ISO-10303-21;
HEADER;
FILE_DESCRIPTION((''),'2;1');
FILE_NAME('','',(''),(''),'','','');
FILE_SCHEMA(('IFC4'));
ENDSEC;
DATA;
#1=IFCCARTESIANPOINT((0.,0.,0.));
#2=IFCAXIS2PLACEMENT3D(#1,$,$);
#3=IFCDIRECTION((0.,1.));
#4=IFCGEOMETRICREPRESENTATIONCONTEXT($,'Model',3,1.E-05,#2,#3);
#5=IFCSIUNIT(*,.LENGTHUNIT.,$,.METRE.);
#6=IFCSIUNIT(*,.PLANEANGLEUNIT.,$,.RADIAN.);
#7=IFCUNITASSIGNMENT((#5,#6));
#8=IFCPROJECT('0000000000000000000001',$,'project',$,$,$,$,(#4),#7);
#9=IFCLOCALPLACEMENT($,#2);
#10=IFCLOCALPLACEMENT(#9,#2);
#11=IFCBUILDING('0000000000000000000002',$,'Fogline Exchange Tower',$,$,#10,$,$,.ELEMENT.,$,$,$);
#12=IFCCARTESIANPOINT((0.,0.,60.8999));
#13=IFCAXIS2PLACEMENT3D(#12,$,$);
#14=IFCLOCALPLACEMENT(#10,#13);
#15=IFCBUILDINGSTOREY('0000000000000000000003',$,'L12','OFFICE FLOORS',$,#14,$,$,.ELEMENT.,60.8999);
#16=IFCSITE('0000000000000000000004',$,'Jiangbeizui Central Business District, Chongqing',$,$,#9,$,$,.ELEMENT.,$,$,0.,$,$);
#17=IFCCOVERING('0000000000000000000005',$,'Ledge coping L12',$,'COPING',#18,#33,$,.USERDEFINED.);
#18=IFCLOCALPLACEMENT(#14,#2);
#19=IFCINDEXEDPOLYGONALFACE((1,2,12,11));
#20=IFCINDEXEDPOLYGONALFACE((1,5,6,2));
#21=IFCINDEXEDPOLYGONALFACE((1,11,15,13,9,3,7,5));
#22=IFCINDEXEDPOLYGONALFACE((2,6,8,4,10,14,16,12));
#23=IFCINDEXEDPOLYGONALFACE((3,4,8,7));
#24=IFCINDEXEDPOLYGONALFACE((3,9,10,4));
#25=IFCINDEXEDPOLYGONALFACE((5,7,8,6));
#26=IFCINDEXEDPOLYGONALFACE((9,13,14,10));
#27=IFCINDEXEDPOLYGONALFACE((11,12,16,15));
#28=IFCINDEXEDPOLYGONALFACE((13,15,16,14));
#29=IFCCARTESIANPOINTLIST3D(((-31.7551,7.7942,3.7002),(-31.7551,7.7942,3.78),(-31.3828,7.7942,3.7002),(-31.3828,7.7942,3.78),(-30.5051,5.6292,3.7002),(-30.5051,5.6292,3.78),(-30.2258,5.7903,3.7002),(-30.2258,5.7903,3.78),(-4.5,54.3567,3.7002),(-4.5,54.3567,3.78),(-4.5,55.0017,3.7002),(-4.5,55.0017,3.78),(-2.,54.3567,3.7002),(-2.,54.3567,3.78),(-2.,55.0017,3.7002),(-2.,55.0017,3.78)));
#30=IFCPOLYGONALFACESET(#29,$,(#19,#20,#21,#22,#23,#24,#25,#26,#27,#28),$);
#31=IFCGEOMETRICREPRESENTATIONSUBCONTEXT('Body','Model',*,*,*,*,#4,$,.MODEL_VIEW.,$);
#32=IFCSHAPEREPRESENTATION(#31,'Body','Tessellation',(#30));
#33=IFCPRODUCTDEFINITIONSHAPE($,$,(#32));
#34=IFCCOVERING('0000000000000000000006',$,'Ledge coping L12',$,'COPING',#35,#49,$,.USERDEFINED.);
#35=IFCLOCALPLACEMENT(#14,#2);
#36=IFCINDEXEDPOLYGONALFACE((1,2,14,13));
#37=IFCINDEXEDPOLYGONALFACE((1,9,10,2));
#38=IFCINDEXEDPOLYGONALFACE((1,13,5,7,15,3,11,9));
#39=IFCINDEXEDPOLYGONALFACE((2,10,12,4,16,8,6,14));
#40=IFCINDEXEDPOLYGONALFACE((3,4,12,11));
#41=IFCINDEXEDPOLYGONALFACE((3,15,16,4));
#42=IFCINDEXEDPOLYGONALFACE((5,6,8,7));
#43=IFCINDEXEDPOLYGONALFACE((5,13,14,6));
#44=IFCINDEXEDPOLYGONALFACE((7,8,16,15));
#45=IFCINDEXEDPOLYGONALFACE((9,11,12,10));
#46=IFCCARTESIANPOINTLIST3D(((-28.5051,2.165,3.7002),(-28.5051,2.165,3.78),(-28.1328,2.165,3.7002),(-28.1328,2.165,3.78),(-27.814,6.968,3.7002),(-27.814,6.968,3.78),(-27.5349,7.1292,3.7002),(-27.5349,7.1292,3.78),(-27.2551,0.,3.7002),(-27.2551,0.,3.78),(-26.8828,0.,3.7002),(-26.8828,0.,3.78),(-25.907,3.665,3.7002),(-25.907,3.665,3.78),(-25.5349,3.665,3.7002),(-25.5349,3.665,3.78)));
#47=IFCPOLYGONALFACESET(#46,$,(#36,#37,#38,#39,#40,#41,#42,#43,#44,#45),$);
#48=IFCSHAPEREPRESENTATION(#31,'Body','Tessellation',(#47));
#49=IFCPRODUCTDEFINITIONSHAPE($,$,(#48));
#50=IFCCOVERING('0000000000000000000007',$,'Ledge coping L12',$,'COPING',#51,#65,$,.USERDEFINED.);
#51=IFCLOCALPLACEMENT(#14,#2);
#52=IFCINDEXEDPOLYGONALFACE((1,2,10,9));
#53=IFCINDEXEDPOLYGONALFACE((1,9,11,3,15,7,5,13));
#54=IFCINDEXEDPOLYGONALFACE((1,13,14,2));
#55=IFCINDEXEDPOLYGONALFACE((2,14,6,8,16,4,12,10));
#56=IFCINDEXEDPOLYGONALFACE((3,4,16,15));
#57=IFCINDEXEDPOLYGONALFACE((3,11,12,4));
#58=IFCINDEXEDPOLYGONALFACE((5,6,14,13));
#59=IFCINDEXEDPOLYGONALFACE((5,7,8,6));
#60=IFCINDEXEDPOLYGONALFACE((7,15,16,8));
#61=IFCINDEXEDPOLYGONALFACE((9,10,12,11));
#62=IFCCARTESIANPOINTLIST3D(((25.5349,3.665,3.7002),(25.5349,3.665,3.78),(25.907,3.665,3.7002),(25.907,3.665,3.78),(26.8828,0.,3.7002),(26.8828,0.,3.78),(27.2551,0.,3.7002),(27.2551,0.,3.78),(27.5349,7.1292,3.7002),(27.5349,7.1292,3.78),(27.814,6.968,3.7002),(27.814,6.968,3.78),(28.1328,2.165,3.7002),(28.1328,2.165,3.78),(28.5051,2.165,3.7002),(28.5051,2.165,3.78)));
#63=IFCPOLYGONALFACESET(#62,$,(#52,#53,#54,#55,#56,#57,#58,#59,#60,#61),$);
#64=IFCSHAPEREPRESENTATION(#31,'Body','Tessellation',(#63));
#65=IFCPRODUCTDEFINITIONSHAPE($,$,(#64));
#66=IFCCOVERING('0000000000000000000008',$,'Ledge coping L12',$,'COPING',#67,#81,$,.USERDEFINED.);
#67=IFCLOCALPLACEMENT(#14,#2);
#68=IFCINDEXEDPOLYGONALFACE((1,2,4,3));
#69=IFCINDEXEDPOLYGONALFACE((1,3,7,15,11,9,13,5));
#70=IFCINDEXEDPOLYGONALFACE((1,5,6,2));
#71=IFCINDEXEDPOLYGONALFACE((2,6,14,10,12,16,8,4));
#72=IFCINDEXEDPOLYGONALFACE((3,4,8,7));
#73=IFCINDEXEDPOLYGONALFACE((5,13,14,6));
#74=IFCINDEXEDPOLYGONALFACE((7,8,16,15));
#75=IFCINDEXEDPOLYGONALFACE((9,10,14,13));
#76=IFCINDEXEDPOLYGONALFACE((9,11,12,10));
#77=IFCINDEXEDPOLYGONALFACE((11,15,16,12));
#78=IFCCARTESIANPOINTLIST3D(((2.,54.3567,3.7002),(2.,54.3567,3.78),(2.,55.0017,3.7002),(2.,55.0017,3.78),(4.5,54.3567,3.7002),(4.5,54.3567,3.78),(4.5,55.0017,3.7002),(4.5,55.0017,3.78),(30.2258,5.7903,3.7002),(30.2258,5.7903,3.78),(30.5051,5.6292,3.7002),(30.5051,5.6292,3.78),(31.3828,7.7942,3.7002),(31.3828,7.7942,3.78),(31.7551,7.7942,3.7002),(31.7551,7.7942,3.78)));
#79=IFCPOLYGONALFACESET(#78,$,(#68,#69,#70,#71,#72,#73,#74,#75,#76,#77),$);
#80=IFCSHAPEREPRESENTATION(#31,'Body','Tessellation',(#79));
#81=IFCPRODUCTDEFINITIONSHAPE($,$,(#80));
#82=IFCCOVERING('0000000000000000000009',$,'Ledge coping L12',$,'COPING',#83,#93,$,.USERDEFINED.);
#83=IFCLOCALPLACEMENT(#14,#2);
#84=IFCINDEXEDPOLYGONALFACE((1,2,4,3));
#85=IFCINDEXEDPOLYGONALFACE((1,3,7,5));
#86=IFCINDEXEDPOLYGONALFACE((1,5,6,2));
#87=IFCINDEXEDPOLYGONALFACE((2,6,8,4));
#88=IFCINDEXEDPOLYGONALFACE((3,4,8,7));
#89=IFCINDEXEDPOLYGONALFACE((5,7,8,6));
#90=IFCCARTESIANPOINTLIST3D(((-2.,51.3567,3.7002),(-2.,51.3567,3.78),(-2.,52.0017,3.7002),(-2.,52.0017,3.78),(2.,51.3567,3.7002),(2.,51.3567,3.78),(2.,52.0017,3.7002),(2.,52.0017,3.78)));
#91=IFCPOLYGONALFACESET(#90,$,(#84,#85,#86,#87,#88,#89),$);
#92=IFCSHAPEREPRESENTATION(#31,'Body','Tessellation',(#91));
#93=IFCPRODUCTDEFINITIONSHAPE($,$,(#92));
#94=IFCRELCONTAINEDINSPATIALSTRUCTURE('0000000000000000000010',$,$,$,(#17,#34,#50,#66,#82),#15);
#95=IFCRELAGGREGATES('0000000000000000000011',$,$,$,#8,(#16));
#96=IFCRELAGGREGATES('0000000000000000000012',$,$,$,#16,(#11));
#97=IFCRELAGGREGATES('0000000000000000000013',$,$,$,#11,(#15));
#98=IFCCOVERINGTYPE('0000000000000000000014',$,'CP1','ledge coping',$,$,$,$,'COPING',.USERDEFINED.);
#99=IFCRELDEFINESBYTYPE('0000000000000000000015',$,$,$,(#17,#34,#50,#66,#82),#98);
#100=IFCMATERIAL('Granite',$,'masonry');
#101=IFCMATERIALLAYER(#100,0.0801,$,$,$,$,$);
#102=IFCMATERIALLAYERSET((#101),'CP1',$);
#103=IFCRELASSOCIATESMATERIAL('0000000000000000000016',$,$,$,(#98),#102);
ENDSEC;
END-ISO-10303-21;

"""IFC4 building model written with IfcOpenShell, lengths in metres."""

from ifc_helpers import new_model, si_unit, direction, frame, origin, place, context, subcontext, project, spatial, polyline, outline, extrude, material, layer, layer_set, type_object, element, save


model = new_model("IFC4")

# Units and contexts
model_context = context("Model", 3, precision=1e-05, world=origin(), true_north=direction((0.0, 1.0)))
body_context = subcontext(model_context, "Body", "Model", "MODEL_VIEW")
ifc_project = project(units=[si_unit("LENGTHUNIT", "METRE"), si_unit("PLANEANGLEUNIT", "RADIAN")], contexts=[model_context])

# Site, building, storey
site_placement = place(None, origin())
site = spatial("IfcSite", under=ifc_project, at=site_placement, Name="Jiangbeizui Central Business District, Chongqing", CompositionType="ELEMENT", RefElevation=0.0)
building_placement = place(site_placement, origin())
building = spatial("IfcBuilding", under=site, at=building_placement, Name="Fogline Exchange Tower", CompositionType="ELEMENT")
storey_placement = place(building_placement, frame((0.0, 0.0, 60.8999)))
storey = spatial("IfcBuildingStorey", under=building, at=storey_placement, Name="L12", Description="OFFICE FLOORS", CompositionType="ELEMENT", Elevation=60.8999)

# Coverings
ifc_material_1 = material(Name="Granite", Category="masonry")
ifc_layer_1 = layer(ifc_material_1, 0.0801)
ifc_layer_set_1 = layer_set([ifc_layer_1], Name="CP1")
covering_type = type_object("IfcCoveringType", Name="CP1", Description="ledge coping", ElementType="COPING", PredefinedType="USERDEFINED", material=ifc_layer_set_1)
covering_1_placement = place(storey_placement, frame((0.0, 0.0, 3.7002)))
element("IfcCovering", 1, at=covering_1_placement, inside=storey, type_object=covering_type, Name="Ledge coping L12", ObjectType="COPING", PredefinedType="USERDEFINED", context=body_context, shape_type="SweptSolid", body=[
    extrude(outline(polyline([(-30.5051, 5.6292), (-30.2258, 5.7903), (-31.3828, 7.7942), (-4.5, 54.3567), (-2.0, 54.3567), (-2.0, 55.0017), (-4.5, 55.0017), (-31.7551, 7.7942), (-30.5051, 5.6292)])), origin(), (0.0, 0.0, 1.0), 0.0798),
])
covering_2_placement = place(storey_placement, frame((0.0, 0.0, 3.7002)))
element("IfcCovering", 2, at=covering_2_placement, inside=storey, type_object=covering_type, Name="Ledge coping L12", ObjectType="COPING", PredefinedType="USERDEFINED", context=body_context, shape_type="SweptSolid", body=[
    extrude(outline(polyline([(-27.2551, 0.0), (-26.8828, 0.0), (-28.1328, 2.165), (-25.5349, 3.665), (-27.5349, 7.1292), (-27.814, 6.968), (-25.907, 3.665), (-28.5051, 2.165), (-27.2551, 0.0)])), origin(), (0.0, 0.0, 1.0), 0.0798),
])
covering_3_placement = place(storey_placement, frame((0.0, 0.0, 3.7002)))
element("IfcCovering", 3, at=covering_3_placement, inside=storey, type_object=covering_type, Name="Ledge coping L12", ObjectType="COPING", PredefinedType="USERDEFINED", context=body_context, shape_type="SweptSolid", body=[
    extrude(outline(polyline([(25.907, 3.665), (27.814, 6.968), (27.5349, 7.1292), (25.5349, 3.665), (28.1328, 2.165), (26.8828, 0.0), (27.2551, 0.0), (28.5051, 2.165), (25.907, 3.665)])), origin(), (0.0, 0.0, 1.0), 0.0798),
])
covering_4_placement = place(storey_placement, frame((0.0, 0.0, 3.7002)))
element("IfcCovering", 4, at=covering_4_placement, inside=storey, type_object=covering_type, Name="Ledge coping L12", ObjectType="COPING", PredefinedType="USERDEFINED", context=body_context, shape_type="SweptSolid", body=[
    extrude(outline(polyline([(2.0, 55.0017), (2.0, 54.3567), (4.5, 54.3567), (31.3828, 7.7942), (30.2258, 5.7903), (30.5051, 5.6292), (31.7551, 7.7942), (4.5, 55.0017), (2.0, 55.0017)])), origin(), (0.0, 0.0, 1.0), 0.0798),
])
covering_5_placement = place(storey_placement, frame((0.0, 0.0, 3.7002)))
element("IfcCovering", 5, at=covering_5_placement, inside=storey, type_object=covering_type, Name="Ledge coping L12", ObjectType="COPING", PredefinedType="USERDEFINED", context=body_context, shape_type="SweptSolid", body=[
    extrude(outline(polyline([(2.0, 52.0017), (-2.0, 52.0017), (-2.0, 51.3567), (2.0, 51.3567), (2.0, 52.0017)])), origin(), (0.0, 0.0, 1.0), 0.0798),
])

save(model, "model.ifc")
